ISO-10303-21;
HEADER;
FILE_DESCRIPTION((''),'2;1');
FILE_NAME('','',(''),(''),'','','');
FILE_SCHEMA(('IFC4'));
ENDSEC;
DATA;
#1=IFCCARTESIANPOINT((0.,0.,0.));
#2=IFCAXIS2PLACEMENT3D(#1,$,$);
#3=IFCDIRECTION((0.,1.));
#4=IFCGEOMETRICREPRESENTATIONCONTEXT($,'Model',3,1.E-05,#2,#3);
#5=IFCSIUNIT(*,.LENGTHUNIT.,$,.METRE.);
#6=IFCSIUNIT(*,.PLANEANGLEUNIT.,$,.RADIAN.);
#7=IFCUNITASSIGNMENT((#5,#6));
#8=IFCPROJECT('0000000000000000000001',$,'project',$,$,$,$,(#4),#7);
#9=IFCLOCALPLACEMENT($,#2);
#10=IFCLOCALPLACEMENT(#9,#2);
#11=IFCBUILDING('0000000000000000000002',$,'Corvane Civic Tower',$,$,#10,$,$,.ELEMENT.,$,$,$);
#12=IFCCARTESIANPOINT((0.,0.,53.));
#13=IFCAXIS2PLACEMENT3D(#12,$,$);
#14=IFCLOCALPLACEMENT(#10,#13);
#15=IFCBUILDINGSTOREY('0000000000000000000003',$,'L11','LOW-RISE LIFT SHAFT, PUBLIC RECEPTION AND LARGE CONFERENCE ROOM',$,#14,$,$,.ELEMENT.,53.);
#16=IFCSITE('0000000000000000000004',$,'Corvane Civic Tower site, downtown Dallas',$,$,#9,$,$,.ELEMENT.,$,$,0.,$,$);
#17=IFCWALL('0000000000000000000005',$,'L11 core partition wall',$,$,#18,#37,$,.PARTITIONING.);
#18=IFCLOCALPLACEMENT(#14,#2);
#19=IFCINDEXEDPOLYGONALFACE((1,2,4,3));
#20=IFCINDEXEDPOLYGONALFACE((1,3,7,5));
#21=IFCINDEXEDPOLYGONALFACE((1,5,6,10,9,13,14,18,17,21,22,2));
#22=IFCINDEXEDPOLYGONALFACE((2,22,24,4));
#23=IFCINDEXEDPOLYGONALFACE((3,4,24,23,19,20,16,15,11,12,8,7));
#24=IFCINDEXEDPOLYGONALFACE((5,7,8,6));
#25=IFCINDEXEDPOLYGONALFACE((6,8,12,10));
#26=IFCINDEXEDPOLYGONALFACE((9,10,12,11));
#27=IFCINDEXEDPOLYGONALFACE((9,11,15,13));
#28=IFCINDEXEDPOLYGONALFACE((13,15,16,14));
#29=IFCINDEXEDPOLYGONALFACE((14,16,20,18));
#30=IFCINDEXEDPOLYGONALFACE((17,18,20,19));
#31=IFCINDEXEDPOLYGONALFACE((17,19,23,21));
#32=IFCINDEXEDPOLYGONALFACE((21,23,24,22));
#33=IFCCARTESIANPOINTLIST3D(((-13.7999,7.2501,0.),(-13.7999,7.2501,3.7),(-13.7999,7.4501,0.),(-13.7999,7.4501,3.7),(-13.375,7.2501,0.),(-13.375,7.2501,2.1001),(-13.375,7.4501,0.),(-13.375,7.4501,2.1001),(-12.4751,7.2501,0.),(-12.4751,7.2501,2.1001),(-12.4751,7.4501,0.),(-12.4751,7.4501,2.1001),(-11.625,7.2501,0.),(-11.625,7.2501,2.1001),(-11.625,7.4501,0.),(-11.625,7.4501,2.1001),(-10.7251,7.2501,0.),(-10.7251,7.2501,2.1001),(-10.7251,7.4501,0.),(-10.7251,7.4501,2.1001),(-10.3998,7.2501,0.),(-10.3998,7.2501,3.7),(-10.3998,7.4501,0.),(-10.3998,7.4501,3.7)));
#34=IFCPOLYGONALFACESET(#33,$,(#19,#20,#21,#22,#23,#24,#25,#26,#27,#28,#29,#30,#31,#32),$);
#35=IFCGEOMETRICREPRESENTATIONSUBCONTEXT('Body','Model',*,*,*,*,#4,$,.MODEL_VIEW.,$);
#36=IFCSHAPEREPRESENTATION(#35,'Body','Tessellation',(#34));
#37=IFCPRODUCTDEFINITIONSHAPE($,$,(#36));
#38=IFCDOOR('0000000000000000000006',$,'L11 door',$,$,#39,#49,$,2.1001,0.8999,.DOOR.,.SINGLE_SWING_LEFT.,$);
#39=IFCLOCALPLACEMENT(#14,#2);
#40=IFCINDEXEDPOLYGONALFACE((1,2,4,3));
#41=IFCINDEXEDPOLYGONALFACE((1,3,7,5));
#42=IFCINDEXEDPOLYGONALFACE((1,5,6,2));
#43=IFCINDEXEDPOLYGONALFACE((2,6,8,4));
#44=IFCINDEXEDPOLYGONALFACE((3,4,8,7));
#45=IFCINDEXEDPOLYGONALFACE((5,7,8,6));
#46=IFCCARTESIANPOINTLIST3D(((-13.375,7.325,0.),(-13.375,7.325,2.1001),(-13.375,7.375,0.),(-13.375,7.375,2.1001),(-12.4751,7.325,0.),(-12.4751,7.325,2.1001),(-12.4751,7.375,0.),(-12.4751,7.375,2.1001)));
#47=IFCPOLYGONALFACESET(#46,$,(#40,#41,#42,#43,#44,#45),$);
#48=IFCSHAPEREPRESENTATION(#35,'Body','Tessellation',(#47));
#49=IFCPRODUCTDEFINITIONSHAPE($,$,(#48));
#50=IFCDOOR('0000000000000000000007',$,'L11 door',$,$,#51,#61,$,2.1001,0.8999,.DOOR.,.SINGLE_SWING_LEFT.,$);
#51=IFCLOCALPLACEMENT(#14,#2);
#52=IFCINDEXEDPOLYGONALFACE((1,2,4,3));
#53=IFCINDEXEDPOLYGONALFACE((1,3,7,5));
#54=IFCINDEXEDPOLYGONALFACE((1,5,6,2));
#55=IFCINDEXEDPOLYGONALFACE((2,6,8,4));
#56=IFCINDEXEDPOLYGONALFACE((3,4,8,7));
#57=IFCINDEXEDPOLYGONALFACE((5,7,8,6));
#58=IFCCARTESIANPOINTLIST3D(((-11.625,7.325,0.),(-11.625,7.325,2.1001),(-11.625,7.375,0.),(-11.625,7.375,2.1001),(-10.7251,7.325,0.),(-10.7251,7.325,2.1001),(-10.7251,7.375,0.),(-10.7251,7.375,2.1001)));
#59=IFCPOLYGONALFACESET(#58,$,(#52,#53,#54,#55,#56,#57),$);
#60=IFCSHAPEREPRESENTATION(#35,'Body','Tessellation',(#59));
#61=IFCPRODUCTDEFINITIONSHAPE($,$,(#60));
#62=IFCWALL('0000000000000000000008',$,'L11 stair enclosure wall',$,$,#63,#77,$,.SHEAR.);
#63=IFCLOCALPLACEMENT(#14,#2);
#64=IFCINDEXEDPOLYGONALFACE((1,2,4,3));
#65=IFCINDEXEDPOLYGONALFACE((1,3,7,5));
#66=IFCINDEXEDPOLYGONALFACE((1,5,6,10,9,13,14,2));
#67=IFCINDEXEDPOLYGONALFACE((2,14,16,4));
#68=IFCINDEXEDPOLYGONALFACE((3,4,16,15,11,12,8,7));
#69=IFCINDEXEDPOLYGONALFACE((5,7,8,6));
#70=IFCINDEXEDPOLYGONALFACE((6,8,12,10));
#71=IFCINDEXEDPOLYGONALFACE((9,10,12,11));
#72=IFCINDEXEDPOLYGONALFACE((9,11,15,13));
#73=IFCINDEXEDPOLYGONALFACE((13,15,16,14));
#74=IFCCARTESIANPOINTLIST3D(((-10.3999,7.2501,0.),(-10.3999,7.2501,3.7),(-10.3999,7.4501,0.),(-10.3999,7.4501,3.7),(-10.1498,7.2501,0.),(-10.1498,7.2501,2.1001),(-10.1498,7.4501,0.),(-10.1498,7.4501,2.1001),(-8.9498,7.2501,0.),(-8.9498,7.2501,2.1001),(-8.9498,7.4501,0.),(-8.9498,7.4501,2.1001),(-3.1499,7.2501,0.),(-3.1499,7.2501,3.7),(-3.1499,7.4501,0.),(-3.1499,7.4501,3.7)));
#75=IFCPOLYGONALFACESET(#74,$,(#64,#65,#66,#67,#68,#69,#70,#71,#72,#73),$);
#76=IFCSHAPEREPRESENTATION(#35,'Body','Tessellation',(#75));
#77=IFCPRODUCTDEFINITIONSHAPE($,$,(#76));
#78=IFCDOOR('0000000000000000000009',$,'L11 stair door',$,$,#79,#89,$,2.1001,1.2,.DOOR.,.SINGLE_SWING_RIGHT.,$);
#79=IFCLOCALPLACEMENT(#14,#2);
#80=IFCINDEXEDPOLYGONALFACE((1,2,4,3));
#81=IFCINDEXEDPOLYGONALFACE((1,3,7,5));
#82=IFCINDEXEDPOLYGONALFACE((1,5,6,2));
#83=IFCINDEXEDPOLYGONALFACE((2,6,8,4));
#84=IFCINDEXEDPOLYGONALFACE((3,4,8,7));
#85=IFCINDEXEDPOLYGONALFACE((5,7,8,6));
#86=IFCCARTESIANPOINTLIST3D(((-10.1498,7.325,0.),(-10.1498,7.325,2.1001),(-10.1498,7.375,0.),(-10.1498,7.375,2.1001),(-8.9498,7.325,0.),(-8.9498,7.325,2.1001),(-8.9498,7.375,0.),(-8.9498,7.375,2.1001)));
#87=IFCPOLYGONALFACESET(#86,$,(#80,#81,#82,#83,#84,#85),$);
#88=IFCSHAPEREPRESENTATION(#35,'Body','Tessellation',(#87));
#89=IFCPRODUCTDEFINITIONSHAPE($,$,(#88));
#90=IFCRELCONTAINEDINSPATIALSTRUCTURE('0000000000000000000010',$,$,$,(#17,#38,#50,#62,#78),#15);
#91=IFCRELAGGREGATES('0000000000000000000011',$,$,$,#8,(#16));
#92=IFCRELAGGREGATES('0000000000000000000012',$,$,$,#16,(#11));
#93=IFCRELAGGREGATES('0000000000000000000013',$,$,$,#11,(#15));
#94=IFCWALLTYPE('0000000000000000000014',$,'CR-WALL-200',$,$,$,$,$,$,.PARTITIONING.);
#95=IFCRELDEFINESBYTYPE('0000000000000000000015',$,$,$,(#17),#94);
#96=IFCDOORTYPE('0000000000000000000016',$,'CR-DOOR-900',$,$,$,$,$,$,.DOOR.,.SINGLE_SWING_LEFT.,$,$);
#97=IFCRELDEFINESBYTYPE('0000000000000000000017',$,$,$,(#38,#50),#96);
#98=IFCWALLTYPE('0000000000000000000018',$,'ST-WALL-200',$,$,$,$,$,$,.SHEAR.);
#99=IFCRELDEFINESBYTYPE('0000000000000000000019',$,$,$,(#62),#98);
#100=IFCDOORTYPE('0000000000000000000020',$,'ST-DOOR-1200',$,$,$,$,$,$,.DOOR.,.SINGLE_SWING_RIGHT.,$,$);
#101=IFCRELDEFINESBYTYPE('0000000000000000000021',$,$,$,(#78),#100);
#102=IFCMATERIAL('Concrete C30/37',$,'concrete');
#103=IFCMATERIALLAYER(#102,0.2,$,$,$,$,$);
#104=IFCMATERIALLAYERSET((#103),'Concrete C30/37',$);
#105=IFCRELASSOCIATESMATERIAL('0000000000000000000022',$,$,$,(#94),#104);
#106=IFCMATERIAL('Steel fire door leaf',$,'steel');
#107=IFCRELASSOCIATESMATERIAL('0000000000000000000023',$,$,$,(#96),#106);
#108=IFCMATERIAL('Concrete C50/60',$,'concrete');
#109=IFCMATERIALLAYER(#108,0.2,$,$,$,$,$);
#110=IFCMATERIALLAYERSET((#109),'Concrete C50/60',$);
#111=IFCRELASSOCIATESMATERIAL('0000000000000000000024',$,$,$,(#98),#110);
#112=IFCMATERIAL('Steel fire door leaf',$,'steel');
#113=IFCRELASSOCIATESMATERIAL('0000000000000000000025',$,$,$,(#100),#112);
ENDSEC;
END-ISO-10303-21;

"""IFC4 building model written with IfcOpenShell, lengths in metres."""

from ifc_helpers import new_model, si_unit, direction, frame, frame_2d, origin, place, context, subcontext, project, spatial, rectangle, extrude, material, layer, layer_set, type_object, element, fill, save


model = new_model("IFC4")

# Units and contexts
model_context = context("Model", 3, precision=1e-05, world=origin(), true_north=direction((0.0, 1.0)))
body_context = subcontext(model_context, "Body", "Model", "MODEL_VIEW")
ifc_project = project(units=[si_unit("LENGTHUNIT", "METRE"), si_unit("PLANEANGLEUNIT", "RADIAN")], contexts=[model_context])

# Site, building, storey
site_placement = place(None, origin())
site = spatial("IfcSite", under=ifc_project, at=site_placement, Name="Corvane Civic Tower site, downtown Dallas", CompositionType="ELEMENT", RefElevation=0.0)
building_placement = place(site_placement, origin())
building = spatial("IfcBuilding", under=site, at=building_placement, Name="Corvane Civic Tower", CompositionType="ELEMENT")
storey_placement = place(building_placement, frame((0.0, 0.0, 53.0)))
storey = spatial("IfcBuildingStorey", under=building, at=storey_placement, Name="L11", Description="LOW-RISE LIFT SHAFT, PUBLIC RECEPTION AND LARGE CONFERENCE ROOM", CompositionType="ELEMENT", Elevation=53.0)

# Wall, openings, doors
ifc_material_1 = material(Name="Concrete C30/37", Category="concrete")
ifc_layer_1 = layer(ifc_material_1, 0.2)
ifc_layer_set_1 = layer_set([ifc_layer_1], Name="Concrete C30/37")
wall_type_1 = type_object("IfcWallType", Name="CR-WALL-200", PredefinedType="PARTITIONING", material=ifc_layer_set_1)
wall_1_placement = place(storey_placement, frame((-13.8, 7.3501, 0.0), z_axis=(0.0, 0.0, 1.0), x_axis=(1.0, 0.0, 0.0)))
wall_1 = element("IfcWall", 1, at=wall_1_placement, inside=storey, type_object=wall_type_1, Name="L11 core partition wall", PredefinedType="PARTITIONING", context=body_context, shape_type="SweptSolid", body=[
    extrude(rectangle(XDim=3.4001, YDim=0.2, at=frame_2d((1.7002, 0.0))), origin(), (0.0, 0.0, 1.0), 3.7),
])
opening_1_placement = place(wall_1_placement, frame((0.425, 0.0, 0.0)))
opening_1 = element("IfcOpeningElement", 2, at=opening_1_placement, cuts=wall_1, PredefinedType="OPENING", context=body_context, shape_type="SweptSolid", body=[
    extrude(rectangle(XDim=0.8999, YDim=2.1001, at=frame_2d((0.45, 1.05))), frame((0.0, 0.1099, 0.0), z_axis=(0.0, -1.0, 0.0), x_axis=(1.0, 0.0, 0.0)), (0.0, 0.0, 1.0), 0.22),
])
opening_2_placement = place(wall_1_placement, frame((2.175, 0.0, 0.0)))
opening_2 = element("IfcOpeningElement", 3, at=opening_2_placement, cuts=wall_1, PredefinedType="OPENING", context=body_context, shape_type="SweptSolid", body=[
    extrude(rectangle(XDim=0.8999, YDim=2.1001, at=frame_2d((0.45, 1.05))), frame((0.0, 0.1099, 0.0), z_axis=(0.0, -1.0, 0.0), x_axis=(1.0, 0.0, 0.0)), (0.0, 0.0, 1.0), 0.22),
])
ifc_material_2 = material(Name="Steel fire door leaf", Category="steel")
door_type_1 = type_object("IfcDoorType", Name="CR-DOOR-900", OperationType="SINGLE_SWING_LEFT", PredefinedType="DOOR", material=ifc_material_2)
door_1_placement = place(opening_1_placement, origin())
door_1 = element("IfcDoor", 4, at=door_1_placement, inside=storey, type_object=door_type_1, Name="L11 door", OperationType="SINGLE_SWING_LEFT", OverallHeight=2.1001, OverallWidth=0.8999, PredefinedType="DOOR", context=body_context, shape_type="SweptSolid", body=[
    extrude(rectangle(XDim=0.8999, YDim=2.1001, at=frame_2d((0.45, 1.05))), frame((0.0, 0.0249, 0.0), z_axis=(0.0, -1.0, 0.0), x_axis=(1.0, 0.0, 0.0)), (0.0, 0.0, 1.0), 0.05),
])
fill(opening_1, door_1)
door_2_placement = place(opening_2_placement, origin())
door_2 = element("IfcDoor", 5, at=door_2_placement, inside=storey, type_object=door_type_1, Name="L11 door", OperationType="SINGLE_SWING_LEFT", OverallHeight=2.1001, OverallWidth=0.8999, PredefinedType="DOOR", context=body_context, shape_type="SweptSolid", body=[
    extrude(rectangle(XDim=0.8999, YDim=2.1001, at=frame_2d((0.45, 1.05))), frame((0.0, 0.0249, 0.0), z_axis=(0.0, -1.0, 0.0), x_axis=(1.0, 0.0, 0.0)), (0.0, 0.0, 1.0), 0.05),
])
fill(opening_2, door_2)

# Wall, opening, door
ifc_material_3 = material(Name="Concrete C50/60", Category="concrete")
ifc_layer_2 = layer(ifc_material_3, 0.2)
ifc_layer_set_2 = layer_set([ifc_layer_2], Name="Concrete C50/60")
wall_type_2 = type_object("IfcWallType", Name="ST-WALL-200", PredefinedType="SHEAR", material=ifc_layer_set_2)
wall_2_placement = place(storey_placement, frame((-10.3999, 7.3501, 0.0), z_axis=(0.0, 0.0, 1.0), x_axis=(1.0, 0.0, 0.0)))
wall_2 = element("IfcWall", 6, at=wall_2_placement, inside=storey, type_object=wall_type_2, Name="L11 stair enclosure wall", PredefinedType="SHEAR", context=body_context, shape_type="SweptSolid", body=[
    extrude(rectangle(XDim=7.25, YDim=0.2, at=frame_2d((3.625, 0.0))), origin(), (0.0, 0.0, 1.0), 3.7),
])
opening_3_placement = place(wall_2_placement, frame((0.25, 0.0, 0.0)))
opening_3 = element("IfcOpeningElement", 7, at=opening_3_placement, cuts=wall_2, PredefinedType="OPENING", context=body_context, shape_type="SweptSolid", body=[
    extrude(rectangle(XDim=1.2, YDim=2.1001, at=frame_2d((0.6001, 1.05))), frame((0.0, 0.1099, 0.0), z_axis=(0.0, -1.0, 0.0), x_axis=(1.0, 0.0, 0.0)), (0.0, 0.0, 1.0), 0.22),
])
ifc_material_4 = material(Name="Steel fire door leaf", Category="steel")
door_type_2 = type_object("IfcDoorType", Name="ST-DOOR-1200", OperationType="SINGLE_SWING_RIGHT", PredefinedType="DOOR", material=ifc_material_4)
door_3_placement = place(opening_3_placement, origin())
door_3 = element("IfcDoor", 8, at=door_3_placement, inside=storey, type_object=door_type_2, Name="L11 stair door", OperationType="SINGLE_SWING_RIGHT", OverallHeight=2.1001, OverallWidth=1.2, PredefinedType="DOOR", context=body_context, shape_type="SweptSolid", body=[
    extrude(rectangle(XDim=1.2, YDim=2.1001, at=frame_2d((0.6001, 1.05))), frame((0.0, 0.0249, 0.0), z_axis=(0.0, -1.0, 0.0), x_axis=(1.0, 0.0, 0.0)), (0.0, 0.0, 1.0), 0.05),
])
fill(opening_3, door_3)

save(model, "model.ifc")
